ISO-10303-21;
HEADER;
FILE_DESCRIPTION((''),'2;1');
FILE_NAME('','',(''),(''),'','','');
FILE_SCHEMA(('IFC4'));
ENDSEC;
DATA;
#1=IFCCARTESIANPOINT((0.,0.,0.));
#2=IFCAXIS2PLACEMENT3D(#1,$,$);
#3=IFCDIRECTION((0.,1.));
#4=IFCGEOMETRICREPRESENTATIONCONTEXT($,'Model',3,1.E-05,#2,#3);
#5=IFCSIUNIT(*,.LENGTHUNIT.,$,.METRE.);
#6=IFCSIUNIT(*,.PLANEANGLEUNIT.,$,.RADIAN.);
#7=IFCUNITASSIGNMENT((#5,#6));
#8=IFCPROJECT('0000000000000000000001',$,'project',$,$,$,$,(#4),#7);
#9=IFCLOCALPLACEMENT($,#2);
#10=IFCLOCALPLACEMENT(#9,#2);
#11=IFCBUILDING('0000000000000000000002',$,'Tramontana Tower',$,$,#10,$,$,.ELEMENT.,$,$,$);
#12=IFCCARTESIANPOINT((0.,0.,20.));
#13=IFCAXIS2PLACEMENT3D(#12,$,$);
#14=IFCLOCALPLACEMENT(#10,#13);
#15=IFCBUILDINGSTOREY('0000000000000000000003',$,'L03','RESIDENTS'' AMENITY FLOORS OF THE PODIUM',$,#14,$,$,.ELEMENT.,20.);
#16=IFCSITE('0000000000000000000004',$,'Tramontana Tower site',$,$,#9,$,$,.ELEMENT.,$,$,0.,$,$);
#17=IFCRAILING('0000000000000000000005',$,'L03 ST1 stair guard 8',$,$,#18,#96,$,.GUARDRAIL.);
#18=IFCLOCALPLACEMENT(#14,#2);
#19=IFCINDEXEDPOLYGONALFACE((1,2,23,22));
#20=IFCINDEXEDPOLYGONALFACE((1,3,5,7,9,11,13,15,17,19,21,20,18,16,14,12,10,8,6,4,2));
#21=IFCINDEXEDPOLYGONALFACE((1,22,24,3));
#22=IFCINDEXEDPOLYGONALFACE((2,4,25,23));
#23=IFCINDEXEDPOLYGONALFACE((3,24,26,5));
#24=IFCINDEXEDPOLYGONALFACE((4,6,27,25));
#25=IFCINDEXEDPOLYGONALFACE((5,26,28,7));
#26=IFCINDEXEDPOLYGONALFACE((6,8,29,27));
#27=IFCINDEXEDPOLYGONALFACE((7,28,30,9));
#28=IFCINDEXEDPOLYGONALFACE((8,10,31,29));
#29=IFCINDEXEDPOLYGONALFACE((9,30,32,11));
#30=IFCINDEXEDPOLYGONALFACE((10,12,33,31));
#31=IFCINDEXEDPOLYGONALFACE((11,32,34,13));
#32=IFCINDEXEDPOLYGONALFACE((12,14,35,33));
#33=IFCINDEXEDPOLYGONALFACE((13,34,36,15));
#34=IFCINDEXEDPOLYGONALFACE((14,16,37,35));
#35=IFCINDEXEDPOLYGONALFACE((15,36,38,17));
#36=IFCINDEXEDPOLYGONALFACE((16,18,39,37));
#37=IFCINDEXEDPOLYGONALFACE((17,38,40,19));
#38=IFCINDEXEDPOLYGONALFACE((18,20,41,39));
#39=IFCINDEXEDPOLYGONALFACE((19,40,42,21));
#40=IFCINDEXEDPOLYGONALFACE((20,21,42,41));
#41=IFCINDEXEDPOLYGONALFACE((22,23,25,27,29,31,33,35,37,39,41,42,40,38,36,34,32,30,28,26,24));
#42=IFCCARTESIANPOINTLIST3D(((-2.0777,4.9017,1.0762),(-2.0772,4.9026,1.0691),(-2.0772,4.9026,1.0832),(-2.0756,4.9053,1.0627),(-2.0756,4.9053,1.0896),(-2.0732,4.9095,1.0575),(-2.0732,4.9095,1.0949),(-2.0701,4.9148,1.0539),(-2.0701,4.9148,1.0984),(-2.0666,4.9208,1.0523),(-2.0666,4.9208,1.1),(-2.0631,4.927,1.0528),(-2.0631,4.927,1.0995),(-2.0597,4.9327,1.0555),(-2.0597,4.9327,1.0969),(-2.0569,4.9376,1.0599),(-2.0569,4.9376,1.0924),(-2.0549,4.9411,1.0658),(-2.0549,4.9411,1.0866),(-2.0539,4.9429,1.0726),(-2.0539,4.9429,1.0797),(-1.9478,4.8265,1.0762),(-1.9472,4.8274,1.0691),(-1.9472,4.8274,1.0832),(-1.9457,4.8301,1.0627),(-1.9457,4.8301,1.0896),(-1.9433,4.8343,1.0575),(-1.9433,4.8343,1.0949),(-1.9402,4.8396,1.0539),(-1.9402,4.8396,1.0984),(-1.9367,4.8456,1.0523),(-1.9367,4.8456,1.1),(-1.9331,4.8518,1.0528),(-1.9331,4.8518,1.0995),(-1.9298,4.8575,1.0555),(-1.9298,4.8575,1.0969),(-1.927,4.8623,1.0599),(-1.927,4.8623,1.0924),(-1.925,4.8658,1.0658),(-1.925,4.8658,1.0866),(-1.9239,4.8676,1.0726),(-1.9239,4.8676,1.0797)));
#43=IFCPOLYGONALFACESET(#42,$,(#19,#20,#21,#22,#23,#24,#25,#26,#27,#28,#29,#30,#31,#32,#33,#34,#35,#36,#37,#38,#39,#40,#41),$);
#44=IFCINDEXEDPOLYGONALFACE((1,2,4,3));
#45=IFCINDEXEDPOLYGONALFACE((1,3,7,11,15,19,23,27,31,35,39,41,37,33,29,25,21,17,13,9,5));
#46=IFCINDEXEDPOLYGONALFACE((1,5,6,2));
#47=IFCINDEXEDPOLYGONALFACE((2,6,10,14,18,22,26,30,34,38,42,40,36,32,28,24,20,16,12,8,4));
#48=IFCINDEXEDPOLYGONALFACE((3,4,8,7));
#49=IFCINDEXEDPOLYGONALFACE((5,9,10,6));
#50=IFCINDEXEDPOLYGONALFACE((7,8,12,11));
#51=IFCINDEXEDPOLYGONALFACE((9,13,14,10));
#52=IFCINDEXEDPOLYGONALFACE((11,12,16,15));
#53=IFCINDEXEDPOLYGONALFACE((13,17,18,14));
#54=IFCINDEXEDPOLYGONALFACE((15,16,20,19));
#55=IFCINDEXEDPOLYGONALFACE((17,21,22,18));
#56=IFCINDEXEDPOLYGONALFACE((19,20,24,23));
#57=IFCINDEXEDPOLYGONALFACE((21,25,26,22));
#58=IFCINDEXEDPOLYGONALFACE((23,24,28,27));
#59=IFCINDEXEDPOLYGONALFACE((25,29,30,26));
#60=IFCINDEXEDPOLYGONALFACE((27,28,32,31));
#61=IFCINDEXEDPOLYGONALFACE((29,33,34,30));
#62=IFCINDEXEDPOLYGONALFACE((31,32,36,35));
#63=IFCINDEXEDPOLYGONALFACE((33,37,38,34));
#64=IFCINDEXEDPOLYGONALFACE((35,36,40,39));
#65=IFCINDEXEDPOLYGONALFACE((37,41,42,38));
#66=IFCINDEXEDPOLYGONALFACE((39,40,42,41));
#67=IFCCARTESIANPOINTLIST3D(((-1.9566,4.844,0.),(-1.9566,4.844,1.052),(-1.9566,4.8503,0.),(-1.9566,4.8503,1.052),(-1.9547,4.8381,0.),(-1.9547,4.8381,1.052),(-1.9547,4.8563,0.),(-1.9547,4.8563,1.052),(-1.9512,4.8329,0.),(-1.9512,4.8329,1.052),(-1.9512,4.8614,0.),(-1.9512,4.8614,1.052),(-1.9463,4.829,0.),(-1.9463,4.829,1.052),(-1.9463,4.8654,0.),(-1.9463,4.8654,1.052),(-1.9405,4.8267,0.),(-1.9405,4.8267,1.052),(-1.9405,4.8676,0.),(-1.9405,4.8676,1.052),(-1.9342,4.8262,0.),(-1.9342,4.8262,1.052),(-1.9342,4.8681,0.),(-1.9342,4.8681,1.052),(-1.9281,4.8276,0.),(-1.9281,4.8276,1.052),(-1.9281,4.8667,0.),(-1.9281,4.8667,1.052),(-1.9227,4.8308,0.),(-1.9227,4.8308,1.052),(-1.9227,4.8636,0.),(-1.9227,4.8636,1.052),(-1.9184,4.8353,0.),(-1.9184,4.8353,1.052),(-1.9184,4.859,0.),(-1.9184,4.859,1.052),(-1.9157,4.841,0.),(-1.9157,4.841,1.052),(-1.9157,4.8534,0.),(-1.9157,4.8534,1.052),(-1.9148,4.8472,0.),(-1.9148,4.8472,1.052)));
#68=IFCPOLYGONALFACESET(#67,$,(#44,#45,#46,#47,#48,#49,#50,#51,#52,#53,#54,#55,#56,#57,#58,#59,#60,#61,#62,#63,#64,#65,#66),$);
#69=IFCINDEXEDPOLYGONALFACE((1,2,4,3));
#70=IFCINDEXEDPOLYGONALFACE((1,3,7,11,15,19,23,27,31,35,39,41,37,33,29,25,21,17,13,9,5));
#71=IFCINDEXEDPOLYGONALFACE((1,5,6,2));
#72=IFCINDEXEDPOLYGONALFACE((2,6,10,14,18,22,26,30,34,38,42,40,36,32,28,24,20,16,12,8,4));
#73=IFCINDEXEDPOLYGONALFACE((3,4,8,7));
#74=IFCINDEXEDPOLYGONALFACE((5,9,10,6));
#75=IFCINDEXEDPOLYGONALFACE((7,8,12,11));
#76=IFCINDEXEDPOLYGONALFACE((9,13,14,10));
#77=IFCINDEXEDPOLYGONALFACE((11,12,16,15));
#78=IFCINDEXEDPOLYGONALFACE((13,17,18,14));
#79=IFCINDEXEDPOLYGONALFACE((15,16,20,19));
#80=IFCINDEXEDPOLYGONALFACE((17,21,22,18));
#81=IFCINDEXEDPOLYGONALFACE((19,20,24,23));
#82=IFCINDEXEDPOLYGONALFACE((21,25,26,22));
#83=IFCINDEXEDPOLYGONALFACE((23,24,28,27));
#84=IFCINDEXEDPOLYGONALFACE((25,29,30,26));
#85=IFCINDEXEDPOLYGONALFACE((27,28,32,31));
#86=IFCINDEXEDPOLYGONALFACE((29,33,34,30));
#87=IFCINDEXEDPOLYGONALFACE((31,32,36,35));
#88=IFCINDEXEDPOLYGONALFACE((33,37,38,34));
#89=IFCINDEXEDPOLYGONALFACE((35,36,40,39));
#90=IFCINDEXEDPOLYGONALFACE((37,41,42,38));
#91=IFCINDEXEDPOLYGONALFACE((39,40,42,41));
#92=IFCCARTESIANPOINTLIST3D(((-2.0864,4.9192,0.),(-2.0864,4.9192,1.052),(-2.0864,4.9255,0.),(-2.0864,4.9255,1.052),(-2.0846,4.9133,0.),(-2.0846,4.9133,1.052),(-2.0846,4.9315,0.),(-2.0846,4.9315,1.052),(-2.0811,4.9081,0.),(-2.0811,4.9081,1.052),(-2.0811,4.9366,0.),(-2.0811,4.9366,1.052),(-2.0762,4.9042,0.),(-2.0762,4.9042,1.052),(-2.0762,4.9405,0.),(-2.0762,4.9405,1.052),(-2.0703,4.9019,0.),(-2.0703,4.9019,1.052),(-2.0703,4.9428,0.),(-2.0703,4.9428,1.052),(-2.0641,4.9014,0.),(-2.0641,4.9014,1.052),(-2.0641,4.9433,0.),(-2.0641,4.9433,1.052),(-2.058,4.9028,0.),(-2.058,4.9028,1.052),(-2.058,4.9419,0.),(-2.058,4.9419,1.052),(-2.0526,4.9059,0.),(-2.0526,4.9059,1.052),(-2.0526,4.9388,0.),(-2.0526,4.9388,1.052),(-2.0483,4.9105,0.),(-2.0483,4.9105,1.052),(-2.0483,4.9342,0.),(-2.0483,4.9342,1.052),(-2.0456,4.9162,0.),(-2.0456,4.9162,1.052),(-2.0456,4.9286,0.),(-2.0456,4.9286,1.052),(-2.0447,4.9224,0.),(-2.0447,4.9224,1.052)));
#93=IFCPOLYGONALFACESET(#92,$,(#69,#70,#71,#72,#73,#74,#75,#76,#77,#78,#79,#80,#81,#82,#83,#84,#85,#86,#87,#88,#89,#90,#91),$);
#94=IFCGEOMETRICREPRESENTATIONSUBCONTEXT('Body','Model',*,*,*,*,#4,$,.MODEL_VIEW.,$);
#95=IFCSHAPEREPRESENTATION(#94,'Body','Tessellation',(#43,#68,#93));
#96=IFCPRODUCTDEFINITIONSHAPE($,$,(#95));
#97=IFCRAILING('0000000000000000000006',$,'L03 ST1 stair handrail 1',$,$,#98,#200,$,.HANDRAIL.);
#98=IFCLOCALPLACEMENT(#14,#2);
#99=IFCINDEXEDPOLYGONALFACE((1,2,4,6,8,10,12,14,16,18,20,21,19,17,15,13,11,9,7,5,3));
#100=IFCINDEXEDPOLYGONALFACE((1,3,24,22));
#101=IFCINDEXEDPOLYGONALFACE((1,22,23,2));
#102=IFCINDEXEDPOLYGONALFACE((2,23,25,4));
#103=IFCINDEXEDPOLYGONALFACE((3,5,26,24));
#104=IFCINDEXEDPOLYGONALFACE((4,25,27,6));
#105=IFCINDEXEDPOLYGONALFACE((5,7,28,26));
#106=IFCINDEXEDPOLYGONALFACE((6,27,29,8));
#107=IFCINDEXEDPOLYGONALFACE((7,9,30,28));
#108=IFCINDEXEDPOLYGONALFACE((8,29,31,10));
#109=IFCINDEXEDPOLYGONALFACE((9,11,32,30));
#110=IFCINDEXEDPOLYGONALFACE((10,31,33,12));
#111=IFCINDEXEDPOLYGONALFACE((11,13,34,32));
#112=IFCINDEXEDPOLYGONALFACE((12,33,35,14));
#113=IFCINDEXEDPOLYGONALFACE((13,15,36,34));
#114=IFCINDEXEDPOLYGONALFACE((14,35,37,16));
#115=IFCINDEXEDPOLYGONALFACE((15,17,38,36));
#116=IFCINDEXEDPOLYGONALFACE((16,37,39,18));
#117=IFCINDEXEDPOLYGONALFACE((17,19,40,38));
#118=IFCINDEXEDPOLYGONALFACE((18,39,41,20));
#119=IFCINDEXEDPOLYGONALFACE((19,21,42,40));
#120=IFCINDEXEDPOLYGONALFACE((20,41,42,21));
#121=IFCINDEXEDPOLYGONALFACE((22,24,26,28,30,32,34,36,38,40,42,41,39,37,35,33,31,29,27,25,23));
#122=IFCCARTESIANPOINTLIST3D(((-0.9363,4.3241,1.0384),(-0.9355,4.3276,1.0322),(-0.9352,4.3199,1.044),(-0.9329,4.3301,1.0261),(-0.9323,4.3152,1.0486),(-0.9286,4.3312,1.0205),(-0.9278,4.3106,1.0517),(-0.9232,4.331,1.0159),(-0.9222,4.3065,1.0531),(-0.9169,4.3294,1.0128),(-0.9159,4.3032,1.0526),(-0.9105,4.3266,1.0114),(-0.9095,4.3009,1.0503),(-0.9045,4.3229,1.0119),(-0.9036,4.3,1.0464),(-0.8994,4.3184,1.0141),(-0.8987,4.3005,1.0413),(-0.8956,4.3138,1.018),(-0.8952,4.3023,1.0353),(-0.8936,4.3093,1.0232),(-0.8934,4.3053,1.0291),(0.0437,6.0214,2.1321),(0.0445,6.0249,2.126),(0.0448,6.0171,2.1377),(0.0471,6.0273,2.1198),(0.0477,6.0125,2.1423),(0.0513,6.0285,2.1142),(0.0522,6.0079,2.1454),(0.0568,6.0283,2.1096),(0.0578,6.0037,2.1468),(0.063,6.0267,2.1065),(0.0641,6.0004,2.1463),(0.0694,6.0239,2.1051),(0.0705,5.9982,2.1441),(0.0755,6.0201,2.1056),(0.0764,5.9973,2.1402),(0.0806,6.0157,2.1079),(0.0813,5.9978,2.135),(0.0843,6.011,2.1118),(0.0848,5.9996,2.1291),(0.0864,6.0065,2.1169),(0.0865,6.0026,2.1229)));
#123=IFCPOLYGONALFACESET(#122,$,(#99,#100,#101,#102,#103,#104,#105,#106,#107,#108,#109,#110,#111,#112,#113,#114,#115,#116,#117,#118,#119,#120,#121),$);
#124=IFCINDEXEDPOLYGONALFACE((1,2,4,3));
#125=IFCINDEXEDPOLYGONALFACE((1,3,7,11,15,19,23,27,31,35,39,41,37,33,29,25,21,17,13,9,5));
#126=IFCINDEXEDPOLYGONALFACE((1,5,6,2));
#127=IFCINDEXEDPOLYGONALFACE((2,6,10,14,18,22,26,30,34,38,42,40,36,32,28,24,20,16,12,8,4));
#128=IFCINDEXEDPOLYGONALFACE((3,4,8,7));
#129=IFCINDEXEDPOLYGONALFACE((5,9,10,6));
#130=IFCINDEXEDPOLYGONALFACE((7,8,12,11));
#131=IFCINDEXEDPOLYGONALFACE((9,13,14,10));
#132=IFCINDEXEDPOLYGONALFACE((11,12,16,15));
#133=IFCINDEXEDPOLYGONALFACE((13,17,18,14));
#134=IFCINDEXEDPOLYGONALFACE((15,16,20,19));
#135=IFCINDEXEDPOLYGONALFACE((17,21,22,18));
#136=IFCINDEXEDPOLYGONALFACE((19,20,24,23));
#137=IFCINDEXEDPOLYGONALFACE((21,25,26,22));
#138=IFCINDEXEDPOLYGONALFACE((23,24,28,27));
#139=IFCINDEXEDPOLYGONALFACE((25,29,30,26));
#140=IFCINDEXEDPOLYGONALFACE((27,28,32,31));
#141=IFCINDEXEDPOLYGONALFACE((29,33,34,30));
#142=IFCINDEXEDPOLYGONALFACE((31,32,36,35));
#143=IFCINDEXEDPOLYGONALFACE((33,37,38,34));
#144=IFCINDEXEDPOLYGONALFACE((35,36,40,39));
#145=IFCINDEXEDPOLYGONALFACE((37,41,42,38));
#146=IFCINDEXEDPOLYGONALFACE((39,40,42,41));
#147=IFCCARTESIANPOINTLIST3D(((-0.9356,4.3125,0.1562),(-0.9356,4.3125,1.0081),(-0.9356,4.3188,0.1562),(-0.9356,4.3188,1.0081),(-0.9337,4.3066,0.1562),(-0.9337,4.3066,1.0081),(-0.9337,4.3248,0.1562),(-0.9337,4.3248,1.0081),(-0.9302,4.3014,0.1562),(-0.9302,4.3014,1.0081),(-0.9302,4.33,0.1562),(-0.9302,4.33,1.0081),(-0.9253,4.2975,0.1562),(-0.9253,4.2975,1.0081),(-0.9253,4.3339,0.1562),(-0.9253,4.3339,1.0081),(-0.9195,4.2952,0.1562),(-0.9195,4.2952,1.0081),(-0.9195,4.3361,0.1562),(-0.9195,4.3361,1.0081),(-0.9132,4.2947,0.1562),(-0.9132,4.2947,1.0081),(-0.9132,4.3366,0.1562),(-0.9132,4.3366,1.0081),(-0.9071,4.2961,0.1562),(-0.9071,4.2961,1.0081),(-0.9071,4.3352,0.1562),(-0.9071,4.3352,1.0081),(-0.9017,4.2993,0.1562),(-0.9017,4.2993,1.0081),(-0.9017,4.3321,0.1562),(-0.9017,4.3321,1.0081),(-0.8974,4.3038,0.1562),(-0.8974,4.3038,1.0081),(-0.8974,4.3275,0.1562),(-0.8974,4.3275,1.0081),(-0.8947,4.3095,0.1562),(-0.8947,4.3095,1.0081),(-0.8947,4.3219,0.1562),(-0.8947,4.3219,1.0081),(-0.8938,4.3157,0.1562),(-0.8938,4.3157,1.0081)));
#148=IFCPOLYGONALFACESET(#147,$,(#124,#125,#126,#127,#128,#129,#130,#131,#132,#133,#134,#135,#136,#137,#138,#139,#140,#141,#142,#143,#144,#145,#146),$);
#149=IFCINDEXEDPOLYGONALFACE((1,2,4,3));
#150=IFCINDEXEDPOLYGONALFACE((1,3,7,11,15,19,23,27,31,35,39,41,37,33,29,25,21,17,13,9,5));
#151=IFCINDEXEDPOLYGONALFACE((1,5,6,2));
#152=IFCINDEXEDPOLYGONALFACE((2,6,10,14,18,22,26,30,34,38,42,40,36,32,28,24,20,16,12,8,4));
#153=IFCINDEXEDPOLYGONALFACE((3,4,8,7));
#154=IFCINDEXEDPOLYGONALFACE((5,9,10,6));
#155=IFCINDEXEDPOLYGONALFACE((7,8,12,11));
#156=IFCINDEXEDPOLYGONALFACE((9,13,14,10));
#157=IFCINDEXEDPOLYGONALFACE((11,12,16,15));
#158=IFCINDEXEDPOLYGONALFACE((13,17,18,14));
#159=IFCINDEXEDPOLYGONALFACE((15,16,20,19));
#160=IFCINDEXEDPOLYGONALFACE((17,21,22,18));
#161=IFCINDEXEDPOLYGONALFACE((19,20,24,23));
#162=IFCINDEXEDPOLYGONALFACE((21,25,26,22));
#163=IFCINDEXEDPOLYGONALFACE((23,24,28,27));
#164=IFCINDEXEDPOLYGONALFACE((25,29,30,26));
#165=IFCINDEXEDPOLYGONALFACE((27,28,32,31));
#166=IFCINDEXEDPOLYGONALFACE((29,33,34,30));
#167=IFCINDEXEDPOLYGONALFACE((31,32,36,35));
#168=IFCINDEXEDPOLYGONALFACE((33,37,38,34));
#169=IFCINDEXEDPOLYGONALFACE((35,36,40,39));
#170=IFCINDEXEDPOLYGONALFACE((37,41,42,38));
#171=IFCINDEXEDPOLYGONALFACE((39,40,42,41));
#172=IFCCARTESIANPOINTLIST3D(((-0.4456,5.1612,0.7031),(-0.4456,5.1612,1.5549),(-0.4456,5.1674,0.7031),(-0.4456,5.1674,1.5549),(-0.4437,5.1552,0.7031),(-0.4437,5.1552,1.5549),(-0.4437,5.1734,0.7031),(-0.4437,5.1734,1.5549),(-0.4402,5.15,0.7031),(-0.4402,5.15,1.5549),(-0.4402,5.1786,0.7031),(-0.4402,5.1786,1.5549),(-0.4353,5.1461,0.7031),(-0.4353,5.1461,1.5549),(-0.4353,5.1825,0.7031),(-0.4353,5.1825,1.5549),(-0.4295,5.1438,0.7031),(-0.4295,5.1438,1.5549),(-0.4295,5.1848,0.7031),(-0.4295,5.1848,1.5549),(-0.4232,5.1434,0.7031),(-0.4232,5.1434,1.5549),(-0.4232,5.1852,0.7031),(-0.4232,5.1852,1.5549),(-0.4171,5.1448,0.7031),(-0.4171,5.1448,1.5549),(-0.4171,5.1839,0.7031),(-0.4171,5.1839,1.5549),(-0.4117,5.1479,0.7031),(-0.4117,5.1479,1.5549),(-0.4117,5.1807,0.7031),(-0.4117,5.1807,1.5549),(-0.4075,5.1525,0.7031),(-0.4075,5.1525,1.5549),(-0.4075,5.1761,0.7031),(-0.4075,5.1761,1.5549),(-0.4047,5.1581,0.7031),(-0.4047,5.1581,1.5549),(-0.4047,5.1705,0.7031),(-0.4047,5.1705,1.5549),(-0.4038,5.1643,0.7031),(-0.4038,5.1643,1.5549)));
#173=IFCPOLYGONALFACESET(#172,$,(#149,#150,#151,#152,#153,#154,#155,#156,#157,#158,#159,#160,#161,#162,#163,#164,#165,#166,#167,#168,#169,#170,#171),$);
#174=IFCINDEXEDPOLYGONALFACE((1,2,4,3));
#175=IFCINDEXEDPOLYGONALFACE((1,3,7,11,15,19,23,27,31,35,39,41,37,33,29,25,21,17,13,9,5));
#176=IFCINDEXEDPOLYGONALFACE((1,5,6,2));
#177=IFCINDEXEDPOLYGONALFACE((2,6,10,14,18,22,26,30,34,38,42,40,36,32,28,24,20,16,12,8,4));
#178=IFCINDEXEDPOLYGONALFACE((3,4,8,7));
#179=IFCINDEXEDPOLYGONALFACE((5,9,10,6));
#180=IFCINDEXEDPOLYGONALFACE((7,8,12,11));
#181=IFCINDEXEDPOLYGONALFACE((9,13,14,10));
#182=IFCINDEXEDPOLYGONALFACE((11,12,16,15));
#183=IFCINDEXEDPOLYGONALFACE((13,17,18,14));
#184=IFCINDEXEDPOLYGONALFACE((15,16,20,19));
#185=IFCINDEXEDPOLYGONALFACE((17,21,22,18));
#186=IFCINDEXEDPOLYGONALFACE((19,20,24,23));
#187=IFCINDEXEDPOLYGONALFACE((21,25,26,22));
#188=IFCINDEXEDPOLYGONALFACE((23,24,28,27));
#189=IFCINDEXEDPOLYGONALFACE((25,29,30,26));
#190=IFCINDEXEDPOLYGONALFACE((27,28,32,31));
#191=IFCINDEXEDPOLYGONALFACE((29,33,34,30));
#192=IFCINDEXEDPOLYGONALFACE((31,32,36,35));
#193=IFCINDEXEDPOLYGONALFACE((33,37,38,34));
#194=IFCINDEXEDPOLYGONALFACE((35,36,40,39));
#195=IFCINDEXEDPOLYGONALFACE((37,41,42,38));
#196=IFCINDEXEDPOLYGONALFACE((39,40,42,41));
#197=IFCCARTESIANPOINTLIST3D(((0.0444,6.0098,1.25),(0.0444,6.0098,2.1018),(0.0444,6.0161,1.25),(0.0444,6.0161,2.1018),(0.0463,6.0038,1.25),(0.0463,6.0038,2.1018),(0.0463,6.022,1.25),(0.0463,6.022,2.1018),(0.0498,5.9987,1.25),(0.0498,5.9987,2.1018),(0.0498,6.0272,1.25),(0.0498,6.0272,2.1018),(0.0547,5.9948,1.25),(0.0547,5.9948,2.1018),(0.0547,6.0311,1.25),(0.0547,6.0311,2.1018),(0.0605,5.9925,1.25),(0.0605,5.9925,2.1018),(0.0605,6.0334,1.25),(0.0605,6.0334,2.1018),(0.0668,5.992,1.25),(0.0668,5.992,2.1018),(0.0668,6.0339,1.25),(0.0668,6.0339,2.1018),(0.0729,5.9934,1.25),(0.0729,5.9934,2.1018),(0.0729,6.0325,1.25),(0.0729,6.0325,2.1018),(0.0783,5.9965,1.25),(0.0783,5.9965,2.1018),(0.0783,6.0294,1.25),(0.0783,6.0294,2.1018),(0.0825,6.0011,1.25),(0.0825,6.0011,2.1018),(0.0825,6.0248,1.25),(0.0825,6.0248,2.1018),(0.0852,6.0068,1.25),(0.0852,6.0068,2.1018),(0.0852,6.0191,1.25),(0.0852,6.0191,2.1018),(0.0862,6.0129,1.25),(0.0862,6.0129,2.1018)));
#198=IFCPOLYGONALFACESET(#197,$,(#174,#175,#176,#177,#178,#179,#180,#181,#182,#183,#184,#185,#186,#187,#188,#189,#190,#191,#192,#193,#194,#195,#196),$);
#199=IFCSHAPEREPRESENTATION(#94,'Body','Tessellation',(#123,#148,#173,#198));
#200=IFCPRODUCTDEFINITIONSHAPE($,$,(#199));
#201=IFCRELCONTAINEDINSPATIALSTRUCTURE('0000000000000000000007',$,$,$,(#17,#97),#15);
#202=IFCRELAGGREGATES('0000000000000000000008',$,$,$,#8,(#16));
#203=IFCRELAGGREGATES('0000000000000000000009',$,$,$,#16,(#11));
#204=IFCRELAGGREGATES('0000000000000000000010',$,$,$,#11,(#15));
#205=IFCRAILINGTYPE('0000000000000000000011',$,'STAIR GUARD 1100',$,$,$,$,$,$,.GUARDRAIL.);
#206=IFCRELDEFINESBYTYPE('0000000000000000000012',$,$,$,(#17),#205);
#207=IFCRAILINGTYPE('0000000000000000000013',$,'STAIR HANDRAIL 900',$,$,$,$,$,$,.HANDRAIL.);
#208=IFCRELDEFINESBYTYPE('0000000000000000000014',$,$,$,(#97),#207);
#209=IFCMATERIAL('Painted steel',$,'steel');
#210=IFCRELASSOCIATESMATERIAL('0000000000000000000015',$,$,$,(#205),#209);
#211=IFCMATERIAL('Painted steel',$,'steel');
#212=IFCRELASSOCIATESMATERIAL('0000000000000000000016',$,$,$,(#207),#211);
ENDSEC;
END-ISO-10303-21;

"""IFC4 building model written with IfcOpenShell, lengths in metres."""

from ifc_helpers import new_model, si_unit, direction, frame, origin, origin_2d, place, context, subcontext, project, spatial, circle, extrude, material, type_object, element, save


model = new_model("IFC4")

# Units and contexts
model_context = context("Model", 3, precision=1e-05, world=origin(), true_north=direction((0.0, 1.0)))
body_context = subcontext(model_context, "Body", "Model", "MODEL_VIEW")
ifc_project = project(units=[si_unit("LENGTHUNIT", "METRE"), si_unit("PLANEANGLEUNIT", "RADIAN")], contexts=[model_context])

# Site, building, storey
site_placement = place(None, origin())
site = spatial("IfcSite", under=ifc_project, at=site_placement, Name="Tramontana Tower site", CompositionType="ELEMENT", RefElevation=0.0)
building_placement = place(site_placement, origin())
building = spatial("IfcBuilding", under=site, at=building_placement, Name="Tramontana Tower", CompositionType="ELEMENT")
storey_placement = place(building_placement, frame((0.0, 0.0, 20.0)))
storey = spatial("IfcBuildingStorey", under=building, at=storey_placement, Name="L03", Description="RESIDENTS' AMENITY FLOORS OF THE PODIUM", CompositionType="ELEMENT", Elevation=20.0)

# Railings
ifc_material_1 = material(Name="Painted steel", Category="steel")
railing_type_1 = type_object("IfcRailingType", Name="STAIR GUARD 1100", PredefinedType="GUARDRAIL", material=ifc_material_1)
railing_1_placement = place(storey_placement, frame((-1.9358, 4.8472, 0.0)))
element("IfcRailing", 1, at=railing_1_placement, inside=storey, type_object=railing_type_1, Name="L03 ST1 stair guard 8", PredefinedType="GUARDRAIL", context=body_context, shape_type="SweptSolid", body=[
    extrude(circle(Radius=0.0239, at=origin_2d()), frame((0.0, 0.0, 1.0762), z_axis=(-0.865426, 0.501036, 0.0), x_axis=(-0.501036, -0.865426, 0.0)), (0.0, 0.0, 1.0), 0.1501),
    extrude(circle(Radius=0.021, at=origin_2d()), origin(), (0.0, 0.0, 1.0), 1.052),
    extrude(circle(Radius=0.021, at=origin_2d()), frame((-0.1299, 0.0752, 0.0)), (0.0, 0.0, 1.0), 1.052),
])
ifc_material_2 = material(Name="Painted steel", Category="steel")
railing_type_2 = type_object("IfcRailingType", Name="STAIR HANDRAIL 900", PredefinedType="HANDRAIL", material=ifc_material_2)
railing_2_placement = place(storey_placement, frame((-0.9148, 4.3157, 0.1562)))
element("IfcRailing", 2, at=railing_2_placement, inside=storey, type_object=railing_type_2, Name="L03 ST1 stair handrail 1", PredefinedType="HANDRAIL", context=body_context, shape_type="SweptSolid", body=[
    extrude(circle(Radius=0.0239, at=origin_2d()), frame((0.0, 0.0, 0.876), z_axis=(0.436632, 0.75622, 0.487323), x_axis=(-0.866011, 0.500024, 0.0)), (0.0, 0.0, 1.0), 2.2444),
    extrude(circle(Radius=0.021, at=origin_2d()), origin(), (0.0, 0.0, 1.0), 0.8518),
    extrude(circle(Radius=0.021, at=origin_2d()), frame((0.49, 0.8486, 0.5469)), (0.0, 0.0, 1.0), 0.8518),
    extrude(circle(Radius=0.021, at=origin_2d()), frame((0.98, 1.6973, 1.0938)), (0.0, 0.0, 1.0), 0.8518),
])

save(model, "model.ifc")
